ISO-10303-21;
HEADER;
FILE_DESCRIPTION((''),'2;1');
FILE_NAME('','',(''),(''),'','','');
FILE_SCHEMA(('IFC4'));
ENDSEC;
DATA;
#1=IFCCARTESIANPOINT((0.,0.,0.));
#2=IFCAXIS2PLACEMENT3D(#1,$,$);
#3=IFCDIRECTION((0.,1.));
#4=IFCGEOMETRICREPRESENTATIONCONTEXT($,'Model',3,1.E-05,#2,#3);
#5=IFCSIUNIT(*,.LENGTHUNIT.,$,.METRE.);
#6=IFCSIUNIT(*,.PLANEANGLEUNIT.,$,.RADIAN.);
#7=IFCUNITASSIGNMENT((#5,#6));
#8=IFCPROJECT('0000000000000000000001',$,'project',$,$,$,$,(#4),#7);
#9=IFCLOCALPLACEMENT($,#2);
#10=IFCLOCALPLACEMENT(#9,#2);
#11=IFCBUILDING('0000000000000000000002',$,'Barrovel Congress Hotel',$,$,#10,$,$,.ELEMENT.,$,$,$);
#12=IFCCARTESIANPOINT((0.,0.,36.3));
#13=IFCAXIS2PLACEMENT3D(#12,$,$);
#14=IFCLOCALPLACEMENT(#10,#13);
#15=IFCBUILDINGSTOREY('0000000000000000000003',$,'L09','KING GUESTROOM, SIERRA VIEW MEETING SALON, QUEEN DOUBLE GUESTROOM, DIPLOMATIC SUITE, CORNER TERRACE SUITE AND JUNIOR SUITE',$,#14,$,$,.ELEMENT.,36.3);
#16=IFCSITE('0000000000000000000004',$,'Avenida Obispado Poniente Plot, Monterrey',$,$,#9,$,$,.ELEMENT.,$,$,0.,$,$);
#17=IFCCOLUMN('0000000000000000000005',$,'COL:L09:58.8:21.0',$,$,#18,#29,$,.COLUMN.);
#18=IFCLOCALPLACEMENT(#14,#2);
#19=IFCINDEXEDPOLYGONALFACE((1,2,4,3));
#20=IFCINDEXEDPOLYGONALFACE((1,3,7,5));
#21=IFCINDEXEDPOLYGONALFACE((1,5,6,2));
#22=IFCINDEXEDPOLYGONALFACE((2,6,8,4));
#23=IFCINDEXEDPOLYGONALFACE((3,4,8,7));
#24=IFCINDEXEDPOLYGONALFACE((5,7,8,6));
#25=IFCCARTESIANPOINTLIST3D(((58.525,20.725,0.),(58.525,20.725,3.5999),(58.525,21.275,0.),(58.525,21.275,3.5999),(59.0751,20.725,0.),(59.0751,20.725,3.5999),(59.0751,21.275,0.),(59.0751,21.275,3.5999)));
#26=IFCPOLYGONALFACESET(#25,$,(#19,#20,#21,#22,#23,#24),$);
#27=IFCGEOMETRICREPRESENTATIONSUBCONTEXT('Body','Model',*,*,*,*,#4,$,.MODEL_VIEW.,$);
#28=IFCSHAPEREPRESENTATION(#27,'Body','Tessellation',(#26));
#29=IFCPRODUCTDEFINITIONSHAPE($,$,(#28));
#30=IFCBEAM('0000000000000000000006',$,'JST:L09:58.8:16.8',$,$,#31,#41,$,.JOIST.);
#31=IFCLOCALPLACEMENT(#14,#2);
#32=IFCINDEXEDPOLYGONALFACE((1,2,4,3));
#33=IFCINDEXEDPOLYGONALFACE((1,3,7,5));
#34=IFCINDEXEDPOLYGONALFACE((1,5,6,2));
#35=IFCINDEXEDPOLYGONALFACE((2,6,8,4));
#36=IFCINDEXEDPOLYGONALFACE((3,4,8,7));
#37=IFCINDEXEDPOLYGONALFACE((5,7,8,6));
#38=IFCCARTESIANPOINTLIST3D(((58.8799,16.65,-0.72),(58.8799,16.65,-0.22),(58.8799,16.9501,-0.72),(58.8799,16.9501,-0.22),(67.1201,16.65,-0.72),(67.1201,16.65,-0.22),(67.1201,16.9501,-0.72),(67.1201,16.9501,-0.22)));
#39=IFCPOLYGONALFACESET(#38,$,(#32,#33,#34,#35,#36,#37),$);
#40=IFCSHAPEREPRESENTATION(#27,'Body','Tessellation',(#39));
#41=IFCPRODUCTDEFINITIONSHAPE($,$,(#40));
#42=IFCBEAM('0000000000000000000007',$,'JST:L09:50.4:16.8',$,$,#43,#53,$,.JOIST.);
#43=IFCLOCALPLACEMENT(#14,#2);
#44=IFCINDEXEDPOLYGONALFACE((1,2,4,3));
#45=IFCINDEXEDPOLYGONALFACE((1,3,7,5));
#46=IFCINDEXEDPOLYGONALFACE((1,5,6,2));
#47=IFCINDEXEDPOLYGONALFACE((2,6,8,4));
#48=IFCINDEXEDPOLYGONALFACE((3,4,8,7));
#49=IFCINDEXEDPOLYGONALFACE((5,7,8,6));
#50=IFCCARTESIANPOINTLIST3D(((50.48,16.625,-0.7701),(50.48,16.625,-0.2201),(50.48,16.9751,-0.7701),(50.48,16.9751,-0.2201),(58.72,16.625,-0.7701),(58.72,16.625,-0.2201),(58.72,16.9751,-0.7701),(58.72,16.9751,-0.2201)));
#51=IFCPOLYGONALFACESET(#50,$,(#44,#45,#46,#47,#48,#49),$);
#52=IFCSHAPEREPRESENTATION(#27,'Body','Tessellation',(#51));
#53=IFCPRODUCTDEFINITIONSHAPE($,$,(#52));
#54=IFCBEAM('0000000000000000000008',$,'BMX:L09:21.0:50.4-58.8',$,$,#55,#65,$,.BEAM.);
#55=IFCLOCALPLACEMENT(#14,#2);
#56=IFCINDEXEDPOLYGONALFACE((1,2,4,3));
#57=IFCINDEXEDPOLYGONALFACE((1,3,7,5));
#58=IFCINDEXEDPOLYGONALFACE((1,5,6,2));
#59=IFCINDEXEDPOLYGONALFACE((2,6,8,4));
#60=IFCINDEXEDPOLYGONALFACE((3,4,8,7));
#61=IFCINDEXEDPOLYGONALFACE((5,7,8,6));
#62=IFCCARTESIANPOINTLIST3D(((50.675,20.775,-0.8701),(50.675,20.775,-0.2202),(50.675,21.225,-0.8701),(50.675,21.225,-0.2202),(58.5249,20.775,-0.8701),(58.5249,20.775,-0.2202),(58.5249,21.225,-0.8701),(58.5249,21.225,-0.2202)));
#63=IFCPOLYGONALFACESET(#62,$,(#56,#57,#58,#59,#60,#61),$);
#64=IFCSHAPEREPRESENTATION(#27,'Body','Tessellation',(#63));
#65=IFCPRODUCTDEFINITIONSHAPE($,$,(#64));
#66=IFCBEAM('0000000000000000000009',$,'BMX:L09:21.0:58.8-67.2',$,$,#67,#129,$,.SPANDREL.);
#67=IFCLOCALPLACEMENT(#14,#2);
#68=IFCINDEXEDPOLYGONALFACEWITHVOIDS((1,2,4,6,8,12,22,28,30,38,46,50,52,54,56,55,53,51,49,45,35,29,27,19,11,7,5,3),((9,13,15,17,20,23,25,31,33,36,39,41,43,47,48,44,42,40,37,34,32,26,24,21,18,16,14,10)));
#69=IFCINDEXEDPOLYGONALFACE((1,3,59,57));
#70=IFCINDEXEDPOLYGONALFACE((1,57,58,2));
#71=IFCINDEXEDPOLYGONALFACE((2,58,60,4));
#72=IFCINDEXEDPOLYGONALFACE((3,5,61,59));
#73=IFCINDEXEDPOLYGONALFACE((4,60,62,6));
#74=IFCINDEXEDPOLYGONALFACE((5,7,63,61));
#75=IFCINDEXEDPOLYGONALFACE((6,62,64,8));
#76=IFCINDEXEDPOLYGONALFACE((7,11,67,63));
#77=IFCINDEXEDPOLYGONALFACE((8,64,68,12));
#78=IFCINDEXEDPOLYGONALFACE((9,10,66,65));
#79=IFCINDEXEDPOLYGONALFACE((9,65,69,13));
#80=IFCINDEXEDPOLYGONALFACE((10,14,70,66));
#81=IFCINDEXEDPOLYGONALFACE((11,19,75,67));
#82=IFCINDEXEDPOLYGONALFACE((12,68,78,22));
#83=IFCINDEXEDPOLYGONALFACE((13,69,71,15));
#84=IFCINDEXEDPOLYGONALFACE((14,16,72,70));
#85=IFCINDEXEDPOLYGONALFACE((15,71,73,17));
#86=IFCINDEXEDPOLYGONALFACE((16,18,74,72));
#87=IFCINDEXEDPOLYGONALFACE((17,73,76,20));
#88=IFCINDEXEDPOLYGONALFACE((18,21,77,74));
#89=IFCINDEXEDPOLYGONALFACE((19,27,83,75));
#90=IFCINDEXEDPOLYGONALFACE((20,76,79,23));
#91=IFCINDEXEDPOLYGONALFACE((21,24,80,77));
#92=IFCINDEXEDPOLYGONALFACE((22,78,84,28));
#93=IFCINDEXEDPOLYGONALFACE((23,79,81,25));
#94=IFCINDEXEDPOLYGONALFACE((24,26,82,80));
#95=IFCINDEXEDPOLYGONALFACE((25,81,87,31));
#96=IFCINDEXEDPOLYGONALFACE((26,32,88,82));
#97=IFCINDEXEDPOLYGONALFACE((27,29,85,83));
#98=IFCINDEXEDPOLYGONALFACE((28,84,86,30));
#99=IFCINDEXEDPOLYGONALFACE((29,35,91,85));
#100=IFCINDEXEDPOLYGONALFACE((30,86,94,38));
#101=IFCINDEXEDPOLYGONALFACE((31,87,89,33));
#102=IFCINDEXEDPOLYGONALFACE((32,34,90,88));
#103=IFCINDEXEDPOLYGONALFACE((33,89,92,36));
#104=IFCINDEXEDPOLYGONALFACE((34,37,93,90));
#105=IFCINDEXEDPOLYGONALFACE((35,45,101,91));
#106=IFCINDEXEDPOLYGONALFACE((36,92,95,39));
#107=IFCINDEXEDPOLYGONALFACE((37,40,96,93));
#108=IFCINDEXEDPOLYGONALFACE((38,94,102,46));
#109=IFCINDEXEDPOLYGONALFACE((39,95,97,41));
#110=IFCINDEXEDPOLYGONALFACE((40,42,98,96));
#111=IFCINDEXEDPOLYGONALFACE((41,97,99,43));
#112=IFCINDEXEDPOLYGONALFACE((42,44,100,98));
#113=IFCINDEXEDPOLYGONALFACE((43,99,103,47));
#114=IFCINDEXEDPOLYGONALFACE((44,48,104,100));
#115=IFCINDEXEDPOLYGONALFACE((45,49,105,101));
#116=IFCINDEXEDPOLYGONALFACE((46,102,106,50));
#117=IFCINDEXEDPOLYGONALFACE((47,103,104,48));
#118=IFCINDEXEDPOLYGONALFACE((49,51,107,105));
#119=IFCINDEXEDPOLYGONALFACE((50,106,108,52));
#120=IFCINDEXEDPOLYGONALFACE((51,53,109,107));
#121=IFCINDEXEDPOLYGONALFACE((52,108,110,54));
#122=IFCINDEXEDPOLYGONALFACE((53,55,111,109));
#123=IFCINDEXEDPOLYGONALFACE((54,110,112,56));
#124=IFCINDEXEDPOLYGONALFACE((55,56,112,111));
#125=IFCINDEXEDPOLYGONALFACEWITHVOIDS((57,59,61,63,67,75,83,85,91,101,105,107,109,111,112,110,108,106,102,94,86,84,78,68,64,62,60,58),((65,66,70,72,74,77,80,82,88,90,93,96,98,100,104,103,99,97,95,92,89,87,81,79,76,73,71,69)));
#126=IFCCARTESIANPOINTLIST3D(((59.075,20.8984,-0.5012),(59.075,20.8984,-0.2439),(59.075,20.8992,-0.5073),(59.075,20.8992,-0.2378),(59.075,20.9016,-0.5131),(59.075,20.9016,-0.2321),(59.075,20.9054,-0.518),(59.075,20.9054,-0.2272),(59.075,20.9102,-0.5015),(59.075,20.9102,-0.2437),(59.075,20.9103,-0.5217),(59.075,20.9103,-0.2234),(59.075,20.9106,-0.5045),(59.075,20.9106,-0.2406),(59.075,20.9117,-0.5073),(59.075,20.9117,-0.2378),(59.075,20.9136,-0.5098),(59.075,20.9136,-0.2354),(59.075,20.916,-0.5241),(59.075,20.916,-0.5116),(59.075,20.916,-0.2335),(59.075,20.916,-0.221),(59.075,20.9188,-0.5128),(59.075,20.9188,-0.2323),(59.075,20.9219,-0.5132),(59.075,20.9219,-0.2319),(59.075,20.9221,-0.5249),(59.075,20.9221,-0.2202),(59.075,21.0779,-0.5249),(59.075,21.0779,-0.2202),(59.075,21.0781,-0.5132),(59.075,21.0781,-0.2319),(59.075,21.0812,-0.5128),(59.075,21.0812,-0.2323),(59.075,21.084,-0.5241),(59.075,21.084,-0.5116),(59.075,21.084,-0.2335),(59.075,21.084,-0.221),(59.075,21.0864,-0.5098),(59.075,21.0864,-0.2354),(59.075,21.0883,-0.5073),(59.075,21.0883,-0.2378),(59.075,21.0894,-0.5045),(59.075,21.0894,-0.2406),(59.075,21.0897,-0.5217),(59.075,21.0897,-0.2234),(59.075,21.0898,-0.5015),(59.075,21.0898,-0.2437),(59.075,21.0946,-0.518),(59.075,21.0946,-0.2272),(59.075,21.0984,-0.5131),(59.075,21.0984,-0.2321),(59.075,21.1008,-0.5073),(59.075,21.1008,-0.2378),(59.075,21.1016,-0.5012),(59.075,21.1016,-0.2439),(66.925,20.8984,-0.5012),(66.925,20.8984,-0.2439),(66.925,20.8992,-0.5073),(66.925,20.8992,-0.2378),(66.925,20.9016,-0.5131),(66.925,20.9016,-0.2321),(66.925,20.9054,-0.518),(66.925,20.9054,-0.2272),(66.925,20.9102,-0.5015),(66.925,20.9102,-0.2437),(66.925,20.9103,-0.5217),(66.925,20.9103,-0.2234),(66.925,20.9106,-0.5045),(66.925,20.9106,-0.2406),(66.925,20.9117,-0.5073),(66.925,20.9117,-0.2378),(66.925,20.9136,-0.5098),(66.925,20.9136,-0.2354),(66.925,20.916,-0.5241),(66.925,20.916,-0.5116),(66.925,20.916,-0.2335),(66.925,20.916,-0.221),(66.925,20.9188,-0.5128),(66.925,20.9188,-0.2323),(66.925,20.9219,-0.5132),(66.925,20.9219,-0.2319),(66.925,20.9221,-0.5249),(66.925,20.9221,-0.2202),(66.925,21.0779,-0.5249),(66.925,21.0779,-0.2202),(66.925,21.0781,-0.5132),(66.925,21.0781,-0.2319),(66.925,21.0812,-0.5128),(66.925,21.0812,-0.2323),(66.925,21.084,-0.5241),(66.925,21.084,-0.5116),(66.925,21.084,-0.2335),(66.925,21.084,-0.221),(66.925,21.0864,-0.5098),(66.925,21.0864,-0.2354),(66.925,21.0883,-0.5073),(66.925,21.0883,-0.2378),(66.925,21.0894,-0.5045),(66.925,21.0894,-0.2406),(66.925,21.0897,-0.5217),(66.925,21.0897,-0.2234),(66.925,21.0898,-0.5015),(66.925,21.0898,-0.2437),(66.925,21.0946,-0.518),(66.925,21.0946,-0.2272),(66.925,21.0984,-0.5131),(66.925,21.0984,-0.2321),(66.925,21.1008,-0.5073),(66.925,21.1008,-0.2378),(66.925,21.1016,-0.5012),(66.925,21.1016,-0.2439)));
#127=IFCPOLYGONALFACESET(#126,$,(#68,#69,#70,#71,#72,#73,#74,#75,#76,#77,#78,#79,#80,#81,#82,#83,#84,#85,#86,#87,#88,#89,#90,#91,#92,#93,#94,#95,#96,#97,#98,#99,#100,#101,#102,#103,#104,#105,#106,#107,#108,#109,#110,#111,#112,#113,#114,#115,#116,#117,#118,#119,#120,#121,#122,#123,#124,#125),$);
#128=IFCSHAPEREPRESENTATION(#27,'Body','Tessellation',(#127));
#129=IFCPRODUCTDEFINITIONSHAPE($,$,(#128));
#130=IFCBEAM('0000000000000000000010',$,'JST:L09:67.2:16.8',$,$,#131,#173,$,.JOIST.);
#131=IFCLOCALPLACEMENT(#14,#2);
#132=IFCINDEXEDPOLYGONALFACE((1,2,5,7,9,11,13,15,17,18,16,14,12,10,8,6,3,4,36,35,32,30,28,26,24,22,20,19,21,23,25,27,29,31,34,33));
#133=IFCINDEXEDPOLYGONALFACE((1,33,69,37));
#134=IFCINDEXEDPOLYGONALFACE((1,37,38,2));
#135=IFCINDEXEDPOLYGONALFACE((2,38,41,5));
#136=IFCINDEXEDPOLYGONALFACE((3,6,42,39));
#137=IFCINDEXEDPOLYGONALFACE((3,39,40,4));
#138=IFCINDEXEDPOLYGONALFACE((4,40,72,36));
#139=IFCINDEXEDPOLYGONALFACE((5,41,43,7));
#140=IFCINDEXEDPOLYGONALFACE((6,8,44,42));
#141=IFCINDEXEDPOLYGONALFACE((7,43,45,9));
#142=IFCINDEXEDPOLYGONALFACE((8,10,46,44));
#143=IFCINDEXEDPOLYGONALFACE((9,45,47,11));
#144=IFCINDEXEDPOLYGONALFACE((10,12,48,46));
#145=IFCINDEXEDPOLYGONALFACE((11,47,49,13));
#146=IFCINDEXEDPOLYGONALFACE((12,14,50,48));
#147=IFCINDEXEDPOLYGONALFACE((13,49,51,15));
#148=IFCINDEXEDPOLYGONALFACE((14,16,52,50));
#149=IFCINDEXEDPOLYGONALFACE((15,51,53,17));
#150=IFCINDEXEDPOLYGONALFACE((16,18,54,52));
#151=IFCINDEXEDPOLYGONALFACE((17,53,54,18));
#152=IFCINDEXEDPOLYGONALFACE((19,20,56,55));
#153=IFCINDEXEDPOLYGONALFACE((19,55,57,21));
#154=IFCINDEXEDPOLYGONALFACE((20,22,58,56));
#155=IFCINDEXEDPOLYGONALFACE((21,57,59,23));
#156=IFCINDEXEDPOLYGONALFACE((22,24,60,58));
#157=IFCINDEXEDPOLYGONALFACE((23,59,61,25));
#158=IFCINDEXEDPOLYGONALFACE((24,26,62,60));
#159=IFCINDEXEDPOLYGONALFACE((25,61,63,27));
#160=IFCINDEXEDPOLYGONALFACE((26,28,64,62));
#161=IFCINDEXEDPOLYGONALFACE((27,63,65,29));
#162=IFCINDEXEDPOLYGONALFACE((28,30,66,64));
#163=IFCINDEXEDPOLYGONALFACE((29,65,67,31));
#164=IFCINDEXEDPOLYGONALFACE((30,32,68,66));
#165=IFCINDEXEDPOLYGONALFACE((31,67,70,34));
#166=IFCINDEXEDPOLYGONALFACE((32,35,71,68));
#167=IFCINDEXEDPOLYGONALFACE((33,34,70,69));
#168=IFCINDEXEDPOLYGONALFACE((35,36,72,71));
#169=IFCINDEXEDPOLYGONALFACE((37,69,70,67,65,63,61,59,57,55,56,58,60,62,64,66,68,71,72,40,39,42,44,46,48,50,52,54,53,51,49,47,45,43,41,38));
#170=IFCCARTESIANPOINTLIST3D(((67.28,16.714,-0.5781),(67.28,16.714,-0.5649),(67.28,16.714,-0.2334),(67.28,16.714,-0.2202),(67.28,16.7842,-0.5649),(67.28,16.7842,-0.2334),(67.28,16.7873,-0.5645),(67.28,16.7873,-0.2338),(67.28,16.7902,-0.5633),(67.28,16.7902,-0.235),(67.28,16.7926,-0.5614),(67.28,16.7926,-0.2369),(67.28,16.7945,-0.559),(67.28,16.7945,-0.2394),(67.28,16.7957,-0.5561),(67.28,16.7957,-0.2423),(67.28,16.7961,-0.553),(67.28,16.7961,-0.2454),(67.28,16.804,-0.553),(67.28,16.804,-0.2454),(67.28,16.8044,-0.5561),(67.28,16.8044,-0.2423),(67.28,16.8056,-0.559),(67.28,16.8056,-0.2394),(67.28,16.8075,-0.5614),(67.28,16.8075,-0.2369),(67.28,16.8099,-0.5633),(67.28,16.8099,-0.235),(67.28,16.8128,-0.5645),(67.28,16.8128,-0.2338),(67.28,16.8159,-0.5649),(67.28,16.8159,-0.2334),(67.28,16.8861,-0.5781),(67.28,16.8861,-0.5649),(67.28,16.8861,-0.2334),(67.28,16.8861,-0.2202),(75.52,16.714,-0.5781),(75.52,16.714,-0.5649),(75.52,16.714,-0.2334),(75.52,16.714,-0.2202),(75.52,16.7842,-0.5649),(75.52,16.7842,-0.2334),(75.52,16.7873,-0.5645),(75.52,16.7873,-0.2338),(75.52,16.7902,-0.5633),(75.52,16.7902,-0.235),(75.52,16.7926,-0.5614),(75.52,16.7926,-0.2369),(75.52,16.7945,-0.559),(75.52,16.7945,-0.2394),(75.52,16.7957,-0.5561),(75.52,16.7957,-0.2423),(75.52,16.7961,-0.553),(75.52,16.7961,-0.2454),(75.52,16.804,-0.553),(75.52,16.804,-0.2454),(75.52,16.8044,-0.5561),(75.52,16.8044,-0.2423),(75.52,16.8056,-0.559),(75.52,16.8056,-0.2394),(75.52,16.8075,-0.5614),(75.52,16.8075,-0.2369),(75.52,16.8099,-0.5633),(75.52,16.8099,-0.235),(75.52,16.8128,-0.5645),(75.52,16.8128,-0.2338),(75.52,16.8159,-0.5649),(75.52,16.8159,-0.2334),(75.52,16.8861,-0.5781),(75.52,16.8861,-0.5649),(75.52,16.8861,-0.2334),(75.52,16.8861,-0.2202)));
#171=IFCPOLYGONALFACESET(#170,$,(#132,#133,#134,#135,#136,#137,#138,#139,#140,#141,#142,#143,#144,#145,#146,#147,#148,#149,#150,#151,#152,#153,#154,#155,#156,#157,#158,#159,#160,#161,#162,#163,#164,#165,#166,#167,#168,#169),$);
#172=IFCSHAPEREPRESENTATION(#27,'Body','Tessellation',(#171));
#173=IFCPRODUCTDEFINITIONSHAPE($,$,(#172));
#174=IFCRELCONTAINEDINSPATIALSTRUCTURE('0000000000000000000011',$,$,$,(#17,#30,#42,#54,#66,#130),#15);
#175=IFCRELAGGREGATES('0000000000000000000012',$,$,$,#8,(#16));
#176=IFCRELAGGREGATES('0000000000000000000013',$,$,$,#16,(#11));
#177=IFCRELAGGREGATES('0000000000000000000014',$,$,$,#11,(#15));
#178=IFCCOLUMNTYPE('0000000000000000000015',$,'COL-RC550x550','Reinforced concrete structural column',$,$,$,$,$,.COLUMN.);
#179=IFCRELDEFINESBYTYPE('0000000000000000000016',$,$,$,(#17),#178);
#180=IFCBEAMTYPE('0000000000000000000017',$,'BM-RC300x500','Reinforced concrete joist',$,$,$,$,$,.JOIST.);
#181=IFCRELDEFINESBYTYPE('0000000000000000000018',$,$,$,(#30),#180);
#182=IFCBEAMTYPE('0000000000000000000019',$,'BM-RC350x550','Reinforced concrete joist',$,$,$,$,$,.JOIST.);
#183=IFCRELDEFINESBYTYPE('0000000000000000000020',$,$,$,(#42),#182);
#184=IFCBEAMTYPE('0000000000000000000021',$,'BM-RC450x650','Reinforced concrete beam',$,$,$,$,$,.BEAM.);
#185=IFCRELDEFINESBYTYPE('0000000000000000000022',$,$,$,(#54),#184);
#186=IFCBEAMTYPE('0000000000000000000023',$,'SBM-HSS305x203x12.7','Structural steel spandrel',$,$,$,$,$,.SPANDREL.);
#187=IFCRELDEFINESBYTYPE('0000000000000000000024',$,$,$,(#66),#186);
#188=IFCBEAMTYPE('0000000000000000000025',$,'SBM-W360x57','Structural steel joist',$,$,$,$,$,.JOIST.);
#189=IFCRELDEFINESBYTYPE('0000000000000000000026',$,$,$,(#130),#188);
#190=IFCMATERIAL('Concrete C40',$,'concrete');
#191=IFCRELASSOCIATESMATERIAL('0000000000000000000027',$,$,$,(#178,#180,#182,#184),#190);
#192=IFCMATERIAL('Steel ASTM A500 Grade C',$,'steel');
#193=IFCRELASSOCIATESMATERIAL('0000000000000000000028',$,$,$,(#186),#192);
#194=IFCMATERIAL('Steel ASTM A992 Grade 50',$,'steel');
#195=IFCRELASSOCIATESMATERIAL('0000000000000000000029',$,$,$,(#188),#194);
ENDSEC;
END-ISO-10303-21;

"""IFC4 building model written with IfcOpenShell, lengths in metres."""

from ifc_helpers import new_model, si_unit, direction, frame, origin, origin_2d, place, context, subcontext, project, spatial, rectangle, hollow_rectangle, i_section, extrude, material, material_profile, profile_set, type_object, element, save


model = new_model("IFC4")

# Units and contexts
model_context = context("Model", 3, precision=1e-05, world=origin(), true_north=direction((0.0, 1.0)))
body_context = subcontext(model_context, "Body", "Model", "MODEL_VIEW")
ifc_project = project(units=[si_unit("LENGTHUNIT", "METRE"), si_unit("PLANEANGLEUNIT", "RADIAN")], contexts=[model_context])

# Site, building, storey
site_placement = place(None, origin())
site = spatial("IfcSite", under=ifc_project, at=site_placement, Name="Avenida Obispado Poniente Plot, Monterrey", CompositionType="ELEMENT", RefElevation=0.0)
building_placement = place(site_placement, origin())
building = spatial("IfcBuilding", under=site, at=building_placement, Name="Barrovel Congress Hotel", CompositionType="ELEMENT")
storey_placement = place(building_placement, frame((0.0, 0.0, 36.3)))
storey = spatial("IfcBuildingStorey", under=building, at=storey_placement, Name="L09", Description="KING GUESTROOM, SIERRA VIEW MEETING SALON, QUEEN DOUBLE GUESTROOM, DIPLOMATIC SUITE, CORNER TERRACE SUITE AND JUNIOR SUITE", CompositionType="ELEMENT", Elevation=36.3)

# Column
ifc_material_1 = material(Name="Concrete C40", Category="concrete")
ifc_material_profile_1 = material_profile(ifc_material_1, rectangle(XDim=0.55, YDim=0.55, at=origin_2d()), Name="RC550x550")
ifc_profile_set_1 = profile_set([ifc_material_profile_1], Name="Concrete C40")
column_type = type_object("IfcColumnType", Name="COL-RC550x550", Description="Reinforced concrete structural column", PredefinedType="COLUMN", material=ifc_profile_set_1)
column_placement = place(storey_placement, frame((58.8, 21.0, 0.0), z_axis=(0.0, 0.0, 1.0), x_axis=(1.0, 0.0, 0.0)))
element("IfcColumn", 1, at=column_placement, inside=storey, type_object=column_type, Name="COL:L09:58.8:21.0", PredefinedType="COLUMN", context=body_context, shape_type="SweptSolid", body=[
    extrude(rectangle(XDim=0.55, YDim=0.55, at=origin_2d()), origin(), (0.0, 0.0, 1.0), 3.5999),
])

# Beams
ifc_material_profile_2 = material_profile(ifc_material_1, rectangle(XDim=0.3, YDim=0.5, at=origin_2d()), Name="RC300x500")
ifc_profile_set_2 = profile_set([ifc_material_profile_2], Name="Concrete C40")
beam_type_1 = type_object("IfcBeamType", Name="BM-RC300x500", Description="Reinforced concrete joist", PredefinedType="JOIST", material=ifc_profile_set_2)
beam_1_placement = place(storey_placement, frame((58.8799, 16.8, -0.47), z_axis=(1.0, 0.0, 0.0), x_axis=(0.0, 1.0, 0.0)))
element("IfcBeam", 2, at=beam_1_placement, inside=storey, type_object=beam_type_1, Name="JST:L09:58.8:16.8", PredefinedType="JOIST", context=body_context, shape_type="SweptSolid", body=[
    extrude(rectangle(XDim=0.3, YDim=0.5, at=origin_2d()), origin(), (0.0, 0.0, 1.0), 8.2402),
])
ifc_material_profile_3 = material_profile(ifc_material_1, rectangle(XDim=0.3501, YDim=0.55, at=origin_2d()), Name="RC350x550")
ifc_profile_set_3 = profile_set([ifc_material_profile_3], Name="Concrete C40")
beam_type_2 = type_object("IfcBeamType", Name="BM-RC350x550", Description="Reinforced concrete joist", PredefinedType="JOIST", material=ifc_profile_set_3)
beam_2_placement = place(storey_placement, frame((50.48, 16.8, -0.4951), z_axis=(1.0, 0.0, 0.0), x_axis=(0.0, 1.0, 0.0)))
element("IfcBeam", 3, at=beam_2_placement, inside=storey, type_object=beam_type_2, Name="JST:L09:50.4:16.8", PredefinedType="JOIST", context=body_context, shape_type="SweptSolid", body=[
    extrude(rectangle(XDim=0.3501, YDim=0.55, at=origin_2d()), origin(), (0.0, 0.0, 1.0), 8.24),
])
ifc_material_profile_4 = material_profile(ifc_material_1, rectangle(XDim=0.45, YDim=0.6499, at=origin_2d()), Name="RC450x650")
ifc_profile_set_4 = profile_set([ifc_material_profile_4], Name="Concrete C40")
beam_type_3 = type_object("IfcBeamType", Name="BM-RC450x650", Description="Reinforced concrete beam", PredefinedType="BEAM", material=ifc_profile_set_4)
beam_3_placement = place(storey_placement, frame((50.675, 21.0, -0.5452), z_axis=(1.0, 0.0, 0.0), x_axis=(0.0, 1.0, 0.0)))
element("IfcBeam", 4, at=beam_3_placement, inside=storey, type_object=beam_type_3, Name="BMX:L09:21.0:50.4-58.8", PredefinedType="BEAM", context=body_context, shape_type="SweptSolid", body=[
    extrude(rectangle(XDim=0.45, YDim=0.6499, at=origin_2d()), origin(), (0.0, 0.0, 1.0), 7.8499),
])
ifc_material_2 = material(Name="Steel ASTM A500 Grade C", Category="steel")
ifc_material_profile_5 = material_profile(ifc_material_2, hollow_rectangle(XDim=0.2031, YDim=0.3047, WallThickness=0.0117, InnerFilletRadius=0.0117, OuterFilletRadius=0.0237, at=origin_2d()), Name="HSS305x203x12.7")
ifc_profile_set_5 = profile_set([ifc_material_profile_5], Name="Steel ASTM A500 Grade C")
beam_type_4 = type_object("IfcBeamType", Name="SBM-HSS305x203x12.7", Description="Structural steel spandrel", PredefinedType="SPANDREL", material=ifc_profile_set_5)
beam_4_placement = place(storey_placement, frame((59.075, 21.0, -0.3726), z_axis=(1.0, 0.0, 0.0), x_axis=(0.0, 1.0, 0.0)))
element("IfcBeam", 5, at=beam_4_placement, inside=storey, type_object=beam_type_4, Name="BMX:L09:21.0:58.8-67.2", PredefinedType="SPANDREL", context=body_context, shape_type="SweptSolid", body=[
    extrude(hollow_rectangle(XDim=0.2031, YDim=0.3047, WallThickness=0.0117, InnerFilletRadius=0.0117, OuterFilletRadius=0.0237, at=origin_2d()), origin(), (0.0, 0.0, 1.0), 7.8501),
])
ifc_material_3 = material(Name="Steel ASTM A992 Grade 50", Category="steel")
ifc_material_profile_6 = material_profile(ifc_material_3, i_section(OverallWidth=0.1721, OverallDepth=0.3579, WebThickness=0.0078, FlangeThickness=0.0132, FilletRadius=0.012, at=origin_2d()), Name="W360x57")
ifc_profile_set_6 = profile_set([ifc_material_profile_6], Name="Steel ASTM A992 Grade 50")
beam_type_5 = type_object("IfcBeamType", Name="SBM-W360x57", Description="Structural steel joist", PredefinedType="JOIST", material=ifc_profile_set_6)
beam_5_placement = place(storey_placement, frame((67.28, 16.8, -0.3992), z_axis=(1.0, 0.0, 0.0), x_axis=(0.0, 1.0, 0.0)))
element("IfcBeam", 6, at=beam_5_placement, inside=storey, type_object=beam_type_5, Name="JST:L09:67.2:16.8", PredefinedType="JOIST", context=body_context, shape_type="SweptSolid", body=[
    extrude(i_section(OverallWidth=0.1721, OverallDepth=0.3579, WebThickness=0.0078, FlangeThickness=0.0132, FilletRadius=0.012, at=origin_2d()), origin(), (0.0, 0.0, 1.0), 8.24),
])

save(model, "model.ifc")
